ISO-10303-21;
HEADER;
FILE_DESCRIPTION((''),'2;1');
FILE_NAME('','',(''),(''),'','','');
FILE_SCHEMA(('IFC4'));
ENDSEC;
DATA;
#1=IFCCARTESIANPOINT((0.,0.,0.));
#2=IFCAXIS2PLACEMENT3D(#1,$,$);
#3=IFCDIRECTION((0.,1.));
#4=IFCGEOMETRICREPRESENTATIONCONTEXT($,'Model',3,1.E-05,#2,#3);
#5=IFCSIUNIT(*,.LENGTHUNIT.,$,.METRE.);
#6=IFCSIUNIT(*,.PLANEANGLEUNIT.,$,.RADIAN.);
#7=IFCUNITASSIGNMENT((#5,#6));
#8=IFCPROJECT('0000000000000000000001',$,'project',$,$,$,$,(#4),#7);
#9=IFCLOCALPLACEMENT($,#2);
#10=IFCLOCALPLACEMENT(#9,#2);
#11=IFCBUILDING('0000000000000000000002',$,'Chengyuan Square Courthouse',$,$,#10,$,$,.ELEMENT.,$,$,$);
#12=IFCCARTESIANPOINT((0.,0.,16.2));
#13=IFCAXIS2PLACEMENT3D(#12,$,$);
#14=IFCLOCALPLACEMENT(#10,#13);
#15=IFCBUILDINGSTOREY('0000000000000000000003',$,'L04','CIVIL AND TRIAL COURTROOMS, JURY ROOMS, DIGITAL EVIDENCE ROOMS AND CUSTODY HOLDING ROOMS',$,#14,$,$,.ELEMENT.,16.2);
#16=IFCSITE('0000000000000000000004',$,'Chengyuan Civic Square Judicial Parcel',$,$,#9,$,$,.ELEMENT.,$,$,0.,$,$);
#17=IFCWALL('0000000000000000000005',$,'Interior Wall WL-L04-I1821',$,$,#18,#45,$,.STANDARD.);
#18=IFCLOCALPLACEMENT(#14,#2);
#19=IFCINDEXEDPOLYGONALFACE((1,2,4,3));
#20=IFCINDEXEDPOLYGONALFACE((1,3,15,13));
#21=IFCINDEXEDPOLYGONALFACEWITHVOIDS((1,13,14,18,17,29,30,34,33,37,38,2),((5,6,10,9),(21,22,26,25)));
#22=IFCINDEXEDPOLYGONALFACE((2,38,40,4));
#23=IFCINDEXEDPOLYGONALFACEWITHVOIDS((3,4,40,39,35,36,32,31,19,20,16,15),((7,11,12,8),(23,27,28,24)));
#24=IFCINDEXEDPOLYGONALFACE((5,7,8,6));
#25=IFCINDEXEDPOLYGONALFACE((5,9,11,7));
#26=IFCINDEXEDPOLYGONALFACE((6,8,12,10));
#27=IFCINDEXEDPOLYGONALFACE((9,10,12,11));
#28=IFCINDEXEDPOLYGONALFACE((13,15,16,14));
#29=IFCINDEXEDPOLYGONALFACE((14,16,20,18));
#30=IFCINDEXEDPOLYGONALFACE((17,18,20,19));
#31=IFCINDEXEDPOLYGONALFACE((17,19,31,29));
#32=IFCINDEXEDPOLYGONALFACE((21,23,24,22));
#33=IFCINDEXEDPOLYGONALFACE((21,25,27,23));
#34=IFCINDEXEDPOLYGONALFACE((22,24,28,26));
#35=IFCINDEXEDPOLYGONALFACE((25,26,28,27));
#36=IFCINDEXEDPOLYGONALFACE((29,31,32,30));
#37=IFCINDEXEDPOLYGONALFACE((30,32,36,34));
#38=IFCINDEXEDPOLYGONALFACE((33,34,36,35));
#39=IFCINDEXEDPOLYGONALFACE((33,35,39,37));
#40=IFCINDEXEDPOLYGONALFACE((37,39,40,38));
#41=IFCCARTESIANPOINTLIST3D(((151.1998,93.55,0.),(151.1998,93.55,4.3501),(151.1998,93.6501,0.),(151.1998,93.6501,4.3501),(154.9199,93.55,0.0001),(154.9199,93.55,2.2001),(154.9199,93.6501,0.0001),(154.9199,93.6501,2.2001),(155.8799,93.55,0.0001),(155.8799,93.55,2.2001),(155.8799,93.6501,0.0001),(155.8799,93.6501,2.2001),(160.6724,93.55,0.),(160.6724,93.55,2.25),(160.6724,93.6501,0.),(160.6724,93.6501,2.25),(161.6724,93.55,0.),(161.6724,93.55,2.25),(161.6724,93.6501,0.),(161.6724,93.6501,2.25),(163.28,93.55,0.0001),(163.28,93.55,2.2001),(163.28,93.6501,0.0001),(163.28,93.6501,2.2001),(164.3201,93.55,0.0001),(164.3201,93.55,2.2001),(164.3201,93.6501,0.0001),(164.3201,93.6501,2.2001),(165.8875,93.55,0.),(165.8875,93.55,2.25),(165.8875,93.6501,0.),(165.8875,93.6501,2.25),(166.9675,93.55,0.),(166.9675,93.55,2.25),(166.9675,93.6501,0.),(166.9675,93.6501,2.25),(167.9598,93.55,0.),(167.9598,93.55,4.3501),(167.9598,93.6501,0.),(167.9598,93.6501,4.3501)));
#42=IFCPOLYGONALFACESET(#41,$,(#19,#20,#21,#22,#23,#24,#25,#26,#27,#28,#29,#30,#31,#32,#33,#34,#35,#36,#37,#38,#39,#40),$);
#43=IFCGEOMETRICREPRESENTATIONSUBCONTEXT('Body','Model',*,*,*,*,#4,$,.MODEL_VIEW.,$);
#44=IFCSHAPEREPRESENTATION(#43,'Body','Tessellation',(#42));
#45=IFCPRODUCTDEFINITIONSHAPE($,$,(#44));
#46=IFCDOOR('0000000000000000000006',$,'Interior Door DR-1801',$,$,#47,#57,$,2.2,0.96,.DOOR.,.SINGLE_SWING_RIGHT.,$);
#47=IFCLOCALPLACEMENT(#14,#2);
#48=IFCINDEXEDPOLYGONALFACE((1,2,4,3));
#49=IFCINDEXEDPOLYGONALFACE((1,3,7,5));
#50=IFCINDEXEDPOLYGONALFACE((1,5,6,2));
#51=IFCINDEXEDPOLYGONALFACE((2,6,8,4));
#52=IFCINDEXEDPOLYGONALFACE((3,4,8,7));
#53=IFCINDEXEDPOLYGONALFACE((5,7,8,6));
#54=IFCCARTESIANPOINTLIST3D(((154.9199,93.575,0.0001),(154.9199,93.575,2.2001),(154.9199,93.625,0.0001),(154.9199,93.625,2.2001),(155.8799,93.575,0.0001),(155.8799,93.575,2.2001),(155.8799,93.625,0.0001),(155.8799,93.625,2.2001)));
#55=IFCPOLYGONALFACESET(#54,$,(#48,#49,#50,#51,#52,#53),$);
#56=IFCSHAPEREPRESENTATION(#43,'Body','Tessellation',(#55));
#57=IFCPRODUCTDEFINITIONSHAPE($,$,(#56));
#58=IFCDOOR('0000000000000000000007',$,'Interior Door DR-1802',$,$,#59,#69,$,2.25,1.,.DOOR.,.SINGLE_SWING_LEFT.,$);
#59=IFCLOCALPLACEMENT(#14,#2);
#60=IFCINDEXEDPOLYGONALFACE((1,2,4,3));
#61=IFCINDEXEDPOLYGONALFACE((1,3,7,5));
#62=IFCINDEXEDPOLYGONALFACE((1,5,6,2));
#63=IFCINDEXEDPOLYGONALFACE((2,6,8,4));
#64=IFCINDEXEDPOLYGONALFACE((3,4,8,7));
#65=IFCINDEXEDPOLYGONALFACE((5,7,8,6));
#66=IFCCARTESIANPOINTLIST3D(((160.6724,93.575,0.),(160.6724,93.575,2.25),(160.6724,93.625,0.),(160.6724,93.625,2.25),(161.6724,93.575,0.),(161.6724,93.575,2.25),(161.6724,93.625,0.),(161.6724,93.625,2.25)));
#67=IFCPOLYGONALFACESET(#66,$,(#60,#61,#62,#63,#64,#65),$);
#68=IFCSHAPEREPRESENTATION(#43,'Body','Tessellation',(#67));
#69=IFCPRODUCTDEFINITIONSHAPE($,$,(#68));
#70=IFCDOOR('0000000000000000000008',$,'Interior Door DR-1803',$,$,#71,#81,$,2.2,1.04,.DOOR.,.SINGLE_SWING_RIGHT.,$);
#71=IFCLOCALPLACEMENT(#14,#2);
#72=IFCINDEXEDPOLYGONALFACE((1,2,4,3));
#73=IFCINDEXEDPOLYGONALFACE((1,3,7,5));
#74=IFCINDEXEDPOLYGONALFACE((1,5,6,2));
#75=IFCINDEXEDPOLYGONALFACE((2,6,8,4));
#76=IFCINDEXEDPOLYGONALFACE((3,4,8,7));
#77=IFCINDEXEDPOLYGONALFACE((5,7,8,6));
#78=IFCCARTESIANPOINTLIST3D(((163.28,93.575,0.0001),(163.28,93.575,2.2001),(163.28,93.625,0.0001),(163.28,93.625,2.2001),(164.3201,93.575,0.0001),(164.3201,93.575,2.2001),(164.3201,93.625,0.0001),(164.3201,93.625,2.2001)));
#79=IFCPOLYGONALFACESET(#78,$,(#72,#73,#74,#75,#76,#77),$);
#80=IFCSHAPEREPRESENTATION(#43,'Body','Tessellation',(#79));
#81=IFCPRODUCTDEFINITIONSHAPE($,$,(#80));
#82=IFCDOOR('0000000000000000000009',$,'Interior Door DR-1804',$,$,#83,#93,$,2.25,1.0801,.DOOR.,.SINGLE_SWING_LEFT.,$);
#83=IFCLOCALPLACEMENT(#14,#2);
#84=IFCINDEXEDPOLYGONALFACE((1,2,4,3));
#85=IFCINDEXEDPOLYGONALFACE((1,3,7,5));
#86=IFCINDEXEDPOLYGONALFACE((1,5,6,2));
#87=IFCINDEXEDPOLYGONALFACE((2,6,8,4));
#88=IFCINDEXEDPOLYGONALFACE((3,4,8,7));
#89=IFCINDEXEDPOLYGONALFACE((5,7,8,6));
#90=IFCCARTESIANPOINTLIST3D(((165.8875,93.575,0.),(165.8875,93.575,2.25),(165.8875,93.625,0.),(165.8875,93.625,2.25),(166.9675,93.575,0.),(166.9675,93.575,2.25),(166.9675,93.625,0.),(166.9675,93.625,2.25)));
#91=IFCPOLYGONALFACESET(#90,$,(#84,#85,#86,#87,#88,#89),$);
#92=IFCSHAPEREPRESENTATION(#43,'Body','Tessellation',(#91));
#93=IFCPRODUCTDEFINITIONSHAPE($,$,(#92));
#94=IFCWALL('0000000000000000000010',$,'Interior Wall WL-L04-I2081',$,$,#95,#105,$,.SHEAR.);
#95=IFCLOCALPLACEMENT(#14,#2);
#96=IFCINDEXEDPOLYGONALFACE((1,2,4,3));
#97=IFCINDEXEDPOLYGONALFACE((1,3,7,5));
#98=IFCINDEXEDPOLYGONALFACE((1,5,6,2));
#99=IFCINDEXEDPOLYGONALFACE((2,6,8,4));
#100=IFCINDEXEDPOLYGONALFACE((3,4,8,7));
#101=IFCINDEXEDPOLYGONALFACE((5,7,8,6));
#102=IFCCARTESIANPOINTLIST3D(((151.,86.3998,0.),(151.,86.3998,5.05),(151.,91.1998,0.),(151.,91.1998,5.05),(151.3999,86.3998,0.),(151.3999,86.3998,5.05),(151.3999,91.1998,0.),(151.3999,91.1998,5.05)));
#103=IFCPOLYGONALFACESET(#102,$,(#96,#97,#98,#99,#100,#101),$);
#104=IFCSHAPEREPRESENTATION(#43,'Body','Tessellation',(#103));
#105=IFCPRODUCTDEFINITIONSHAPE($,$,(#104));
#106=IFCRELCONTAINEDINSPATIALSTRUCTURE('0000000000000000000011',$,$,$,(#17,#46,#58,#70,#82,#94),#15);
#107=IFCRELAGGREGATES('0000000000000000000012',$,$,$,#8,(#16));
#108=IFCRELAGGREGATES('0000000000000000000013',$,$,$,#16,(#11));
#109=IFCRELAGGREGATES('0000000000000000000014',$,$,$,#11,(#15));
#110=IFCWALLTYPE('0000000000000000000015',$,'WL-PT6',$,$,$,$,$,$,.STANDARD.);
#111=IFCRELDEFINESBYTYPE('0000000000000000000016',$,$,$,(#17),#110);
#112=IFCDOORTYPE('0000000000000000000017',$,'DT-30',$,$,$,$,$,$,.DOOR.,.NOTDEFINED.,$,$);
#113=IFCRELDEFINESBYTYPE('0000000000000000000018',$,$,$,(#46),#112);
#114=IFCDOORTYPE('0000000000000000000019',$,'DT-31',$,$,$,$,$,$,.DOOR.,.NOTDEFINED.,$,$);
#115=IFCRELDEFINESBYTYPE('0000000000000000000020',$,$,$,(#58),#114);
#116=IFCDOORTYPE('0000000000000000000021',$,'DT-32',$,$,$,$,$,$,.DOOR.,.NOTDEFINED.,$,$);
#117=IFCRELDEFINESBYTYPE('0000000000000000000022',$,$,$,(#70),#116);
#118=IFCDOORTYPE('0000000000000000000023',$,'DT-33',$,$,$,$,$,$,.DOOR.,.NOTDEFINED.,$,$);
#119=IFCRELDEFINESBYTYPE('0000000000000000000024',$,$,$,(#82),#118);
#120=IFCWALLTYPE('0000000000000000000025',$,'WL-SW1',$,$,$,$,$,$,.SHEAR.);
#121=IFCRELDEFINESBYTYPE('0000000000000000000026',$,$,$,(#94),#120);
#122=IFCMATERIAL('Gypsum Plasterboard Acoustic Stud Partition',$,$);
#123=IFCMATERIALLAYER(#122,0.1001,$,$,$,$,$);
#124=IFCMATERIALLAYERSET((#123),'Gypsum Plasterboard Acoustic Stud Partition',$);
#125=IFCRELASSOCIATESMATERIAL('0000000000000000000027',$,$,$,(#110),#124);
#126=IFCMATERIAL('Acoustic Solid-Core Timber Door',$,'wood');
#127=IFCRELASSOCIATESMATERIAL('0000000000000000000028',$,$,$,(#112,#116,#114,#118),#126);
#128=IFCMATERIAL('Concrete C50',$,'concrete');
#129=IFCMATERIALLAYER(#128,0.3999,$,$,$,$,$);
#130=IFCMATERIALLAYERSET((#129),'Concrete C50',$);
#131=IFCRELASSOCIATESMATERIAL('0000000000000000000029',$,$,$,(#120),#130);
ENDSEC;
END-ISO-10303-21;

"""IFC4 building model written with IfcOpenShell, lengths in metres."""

from ifc_helpers import new_model, si_unit, direction, frame, frame_2d, origin, place, context, subcontext, project, spatial, rectangle, extrude, material, layer, layer_set, type_object, element, fill, save


model = new_model("IFC4")

# Units and contexts
model_context = context("Model", 3, precision=1e-05, world=origin(), true_north=direction((0.0, 1.0)))
body_context = subcontext(model_context, "Body", "Model", "MODEL_VIEW")
ifc_project = project(units=[si_unit("LENGTHUNIT", "METRE"), si_unit("PLANEANGLEUNIT", "RADIAN")], contexts=[model_context])

# Site, building, storey
site_placement = place(None, origin())
site = spatial("IfcSite", under=ifc_project, at=site_placement, Name="Chengyuan Civic Square Judicial Parcel", CompositionType="ELEMENT", RefElevation=0.0)
building_placement = place(site_placement, origin())
building = spatial("IfcBuilding", under=site, at=building_placement, Name="Chengyuan Square Courthouse", CompositionType="ELEMENT")
storey_placement = place(building_placement, frame((0.0, 0.0, 16.2)))
storey = spatial("IfcBuildingStorey", under=building, at=storey_placement, Name="L04", Description="CIVIL AND TRIAL COURTROOMS, JURY ROOMS, DIGITAL EVIDENCE ROOMS AND CUSTODY HOLDING ROOMS", CompositionType="ELEMENT", Elevation=16.2)

# Shared definitions
ifc_material_1 = material(Name="Concrete C50", Category="concrete")

# Wall, openings, doors
ifc_material_2 = material(Name="Gypsum Plasterboard Acoustic Stud Partition")
ifc_layer_1 = layer(ifc_material_2, 0.1001)
ifc_layer_set_1 = layer_set([ifc_layer_1], Name="Gypsum Plasterboard Acoustic Stud Partition")
wall_type_1 = type_object("IfcWallType", Name="WL-PT6", PredefinedType="STANDARD", material=ifc_layer_set_1)
ifc_material_3 = material(Name="Acoustic Solid-Core Timber Door", Category="wood")
door_type_1 = type_object("IfcDoorType", Name="DT-30", OperationType="NOTDEFINED", PredefinedType="DOOR", material=ifc_material_3)
door_type_2 = type_object("IfcDoorType", Name="DT-32", OperationType="NOTDEFINED", PredefinedType="DOOR", material=ifc_material_3)
wall_1_placement = place(storey_placement, frame((151.2, 93.6001, 0.0), z_axis=(0.0, 0.0, 1.0), x_axis=(1.0, 0.0, 0.0)))
wall_1 = element("IfcWall", 1, at=wall_1_placement, inside=storey, type_object=wall_type_1, Name="Interior Wall WL-L04-I1821", PredefinedType="STANDARD", context=body_context, shape_type="SweptSolid", body=[
    extrude(rectangle(XDim=16.76, YDim=0.1001, at=frame_2d((8.3799, 0.0))), origin(), (0.0, 0.0, 1.0), 4.3501),
])
opening_1_placement = place(wall_1_placement, frame((3.72, 0.0, 0.0)))
opening_1 = element("IfcOpeningElement", 2, at=opening_1_placement, cuts=wall_1, PredefinedType="OPENING", context=body_context, shape_type="SweptSolid", body=[
    extrude(rectangle(XDim=0.96, YDim=2.2, at=frame_2d((0.48, 1.1001))), frame((0.0, 0.062, 0.0), z_axis=(0.0, -1.0, 0.0), x_axis=(1.0, 0.0, 0.0)), (0.0, 0.0, 1.0), 0.124),
])
opening_2_placement = place(wall_1_placement, frame((9.4724, 0.0, 0.0)))
opening_2 = element("IfcOpeningElement", 3, at=opening_2_placement, cuts=wall_1, PredefinedType="OPENING", context=body_context, shape_type="SweptSolid", body=[
    extrude(rectangle(XDim=1.0, YDim=2.25, at=frame_2d((0.5, 1.125))), frame((0.0, 0.062, 0.0), z_axis=(0.0, -1.0, 0.0), x_axis=(1.0, 0.0, 0.0)), (0.0, 0.0, 1.0), 0.124),
])
opening_3_placement = place(wall_1_placement, frame((12.0801, 0.0, 0.0)))
opening_3 = element("IfcOpeningElement", 4, at=opening_3_placement, cuts=wall_1, PredefinedType="OPENING", context=body_context, shape_type="SweptSolid", body=[
    extrude(rectangle(XDim=1.04, YDim=2.2, at=frame_2d((0.52, 1.1001))), frame((0.0, 0.062, 0.0), z_axis=(0.0, -1.0, 0.0), x_axis=(1.0, 0.0, 0.0)), (0.0, 0.0, 1.0), 0.124),
])
opening_4_placement = place(wall_1_placement, frame((14.6875, 0.0, 0.0)))
opening_4 = element("IfcOpeningElement", 5, at=opening_4_placement, cuts=wall_1, PredefinedType="OPENING", context=body_context, shape_type="SweptSolid", body=[
    extrude(rectangle(XDim=1.0801, YDim=2.25, at=frame_2d((0.54, 1.125))), frame((0.0, 0.062, 0.0), z_axis=(0.0, -1.0, 0.0), x_axis=(1.0, 0.0, 0.0)), (0.0, 0.0, 1.0), 0.124),
])
door_1_placement = place(opening_1_placement, origin())
door_1 = element("IfcDoor", 6, at=door_1_placement, inside=storey, type_object=door_type_1, Name="Interior Door DR-1801", OperationType="SINGLE_SWING_RIGHT", OverallHeight=2.2, OverallWidth=0.96, PredefinedType="DOOR", context=body_context, shape_type="SweptSolid", body=[
    extrude(rectangle(XDim=0.96, YDim=2.2, at=frame_2d((0.48, 1.1001))), frame((0.0, 0.0249, 0.0), z_axis=(0.0, -1.0, 0.0), x_axis=(1.0, 0.0, 0.0)), (0.0, 0.0, 1.0), 0.05),
])
fill(opening_1, door_1)
door_type_3 = type_object("IfcDoorType", Name="DT-31", OperationType="NOTDEFINED", PredefinedType="DOOR", material=ifc_material_3)
door_2_placement = place(opening_2_placement, origin())
door_2 = element("IfcDoor", 7, at=door_2_placement, inside=storey, type_object=door_type_3, Name="Interior Door DR-1802", OperationType="SINGLE_SWING_LEFT", OverallHeight=2.25, OverallWidth=1.0, PredefinedType="DOOR", context=body_context, shape_type="SweptSolid", body=[
    extrude(rectangle(XDim=1.0, YDim=2.25, at=frame_2d((0.5, 1.125))), frame((0.0, 0.0249, 0.0), z_axis=(0.0, -1.0, 0.0), x_axis=(1.0, 0.0, 0.0)), (0.0, 0.0, 1.0), 0.05),
])
fill(opening_2, door_2)
door_3_placement = place(opening_3_placement, origin())
door_3 = element("IfcDoor", 8, at=door_3_placement, inside=storey, type_object=door_type_2, Name="Interior Door DR-1803", OperationType="SINGLE_SWING_RIGHT", OverallHeight=2.2, OverallWidth=1.04, PredefinedType="DOOR", context=body_context, shape_type="SweptSolid", body=[
    extrude(rectangle(XDim=1.04, YDim=2.2, at=frame_2d((0.52, 1.1001))), frame((0.0, 0.0249, 0.0), z_axis=(0.0, -1.0, 0.0), x_axis=(1.0, 0.0, 0.0)), (0.0, 0.0, 1.0), 0.05),
])
fill(opening_3, door_3)
door_type_4 = type_object("IfcDoorType", Name="DT-33", OperationType="NOTDEFINED", PredefinedType="DOOR", material=ifc_material_3)
door_4_placement = place(opening_4_placement, origin())
door_4 = element("IfcDoor", 9, at=door_4_placement, inside=storey, type_object=door_type_4, Name="Interior Door DR-1804", OperationType="SINGLE_SWING_LEFT", OverallHeight=2.25, OverallWidth=1.0801, PredefinedType="DOOR", context=body_context, shape_type="SweptSolid", body=[
    extrude(rectangle(XDim=1.0801, YDim=2.25, at=frame_2d((0.54, 1.125))), frame((0.0, 0.0249, 0.0), z_axis=(0.0, -1.0, 0.0), x_axis=(1.0, 0.0, 0.0)), (0.0, 0.0, 1.0), 0.05),
])
fill(opening_4, door_4)

# Wall
ifc_layer_2 = layer(ifc_material_1, 0.3999)
ifc_layer_set_2 = layer_set([ifc_layer_2], Name="Concrete C50")
wall_type_2 = type_object("IfcWallType", Name="WL-SW1", PredefinedType="SHEAR", material=ifc_layer_set_2)
wall_2_placement = place(storey_placement, frame((151.2, 86.3999, 0.0), z_axis=(0.0, 0.0, 1.0), x_axis=(0.0, 1.0, 0.0)))
element("IfcWall", 10, at=wall_2_placement, inside=storey, type_object=wall_type_2, Name="Interior Wall WL-L04-I2081", PredefinedType="SHEAR", context=body_context, shape_type="SweptSolid", body=[
    extrude(rectangle(XDim=4.8, YDim=0.3999, at=frame_2d((2.3999, 0.0))), origin(), (0.0, 0.0, 1.0), 5.05),
])

save(model, "model.ifc")
